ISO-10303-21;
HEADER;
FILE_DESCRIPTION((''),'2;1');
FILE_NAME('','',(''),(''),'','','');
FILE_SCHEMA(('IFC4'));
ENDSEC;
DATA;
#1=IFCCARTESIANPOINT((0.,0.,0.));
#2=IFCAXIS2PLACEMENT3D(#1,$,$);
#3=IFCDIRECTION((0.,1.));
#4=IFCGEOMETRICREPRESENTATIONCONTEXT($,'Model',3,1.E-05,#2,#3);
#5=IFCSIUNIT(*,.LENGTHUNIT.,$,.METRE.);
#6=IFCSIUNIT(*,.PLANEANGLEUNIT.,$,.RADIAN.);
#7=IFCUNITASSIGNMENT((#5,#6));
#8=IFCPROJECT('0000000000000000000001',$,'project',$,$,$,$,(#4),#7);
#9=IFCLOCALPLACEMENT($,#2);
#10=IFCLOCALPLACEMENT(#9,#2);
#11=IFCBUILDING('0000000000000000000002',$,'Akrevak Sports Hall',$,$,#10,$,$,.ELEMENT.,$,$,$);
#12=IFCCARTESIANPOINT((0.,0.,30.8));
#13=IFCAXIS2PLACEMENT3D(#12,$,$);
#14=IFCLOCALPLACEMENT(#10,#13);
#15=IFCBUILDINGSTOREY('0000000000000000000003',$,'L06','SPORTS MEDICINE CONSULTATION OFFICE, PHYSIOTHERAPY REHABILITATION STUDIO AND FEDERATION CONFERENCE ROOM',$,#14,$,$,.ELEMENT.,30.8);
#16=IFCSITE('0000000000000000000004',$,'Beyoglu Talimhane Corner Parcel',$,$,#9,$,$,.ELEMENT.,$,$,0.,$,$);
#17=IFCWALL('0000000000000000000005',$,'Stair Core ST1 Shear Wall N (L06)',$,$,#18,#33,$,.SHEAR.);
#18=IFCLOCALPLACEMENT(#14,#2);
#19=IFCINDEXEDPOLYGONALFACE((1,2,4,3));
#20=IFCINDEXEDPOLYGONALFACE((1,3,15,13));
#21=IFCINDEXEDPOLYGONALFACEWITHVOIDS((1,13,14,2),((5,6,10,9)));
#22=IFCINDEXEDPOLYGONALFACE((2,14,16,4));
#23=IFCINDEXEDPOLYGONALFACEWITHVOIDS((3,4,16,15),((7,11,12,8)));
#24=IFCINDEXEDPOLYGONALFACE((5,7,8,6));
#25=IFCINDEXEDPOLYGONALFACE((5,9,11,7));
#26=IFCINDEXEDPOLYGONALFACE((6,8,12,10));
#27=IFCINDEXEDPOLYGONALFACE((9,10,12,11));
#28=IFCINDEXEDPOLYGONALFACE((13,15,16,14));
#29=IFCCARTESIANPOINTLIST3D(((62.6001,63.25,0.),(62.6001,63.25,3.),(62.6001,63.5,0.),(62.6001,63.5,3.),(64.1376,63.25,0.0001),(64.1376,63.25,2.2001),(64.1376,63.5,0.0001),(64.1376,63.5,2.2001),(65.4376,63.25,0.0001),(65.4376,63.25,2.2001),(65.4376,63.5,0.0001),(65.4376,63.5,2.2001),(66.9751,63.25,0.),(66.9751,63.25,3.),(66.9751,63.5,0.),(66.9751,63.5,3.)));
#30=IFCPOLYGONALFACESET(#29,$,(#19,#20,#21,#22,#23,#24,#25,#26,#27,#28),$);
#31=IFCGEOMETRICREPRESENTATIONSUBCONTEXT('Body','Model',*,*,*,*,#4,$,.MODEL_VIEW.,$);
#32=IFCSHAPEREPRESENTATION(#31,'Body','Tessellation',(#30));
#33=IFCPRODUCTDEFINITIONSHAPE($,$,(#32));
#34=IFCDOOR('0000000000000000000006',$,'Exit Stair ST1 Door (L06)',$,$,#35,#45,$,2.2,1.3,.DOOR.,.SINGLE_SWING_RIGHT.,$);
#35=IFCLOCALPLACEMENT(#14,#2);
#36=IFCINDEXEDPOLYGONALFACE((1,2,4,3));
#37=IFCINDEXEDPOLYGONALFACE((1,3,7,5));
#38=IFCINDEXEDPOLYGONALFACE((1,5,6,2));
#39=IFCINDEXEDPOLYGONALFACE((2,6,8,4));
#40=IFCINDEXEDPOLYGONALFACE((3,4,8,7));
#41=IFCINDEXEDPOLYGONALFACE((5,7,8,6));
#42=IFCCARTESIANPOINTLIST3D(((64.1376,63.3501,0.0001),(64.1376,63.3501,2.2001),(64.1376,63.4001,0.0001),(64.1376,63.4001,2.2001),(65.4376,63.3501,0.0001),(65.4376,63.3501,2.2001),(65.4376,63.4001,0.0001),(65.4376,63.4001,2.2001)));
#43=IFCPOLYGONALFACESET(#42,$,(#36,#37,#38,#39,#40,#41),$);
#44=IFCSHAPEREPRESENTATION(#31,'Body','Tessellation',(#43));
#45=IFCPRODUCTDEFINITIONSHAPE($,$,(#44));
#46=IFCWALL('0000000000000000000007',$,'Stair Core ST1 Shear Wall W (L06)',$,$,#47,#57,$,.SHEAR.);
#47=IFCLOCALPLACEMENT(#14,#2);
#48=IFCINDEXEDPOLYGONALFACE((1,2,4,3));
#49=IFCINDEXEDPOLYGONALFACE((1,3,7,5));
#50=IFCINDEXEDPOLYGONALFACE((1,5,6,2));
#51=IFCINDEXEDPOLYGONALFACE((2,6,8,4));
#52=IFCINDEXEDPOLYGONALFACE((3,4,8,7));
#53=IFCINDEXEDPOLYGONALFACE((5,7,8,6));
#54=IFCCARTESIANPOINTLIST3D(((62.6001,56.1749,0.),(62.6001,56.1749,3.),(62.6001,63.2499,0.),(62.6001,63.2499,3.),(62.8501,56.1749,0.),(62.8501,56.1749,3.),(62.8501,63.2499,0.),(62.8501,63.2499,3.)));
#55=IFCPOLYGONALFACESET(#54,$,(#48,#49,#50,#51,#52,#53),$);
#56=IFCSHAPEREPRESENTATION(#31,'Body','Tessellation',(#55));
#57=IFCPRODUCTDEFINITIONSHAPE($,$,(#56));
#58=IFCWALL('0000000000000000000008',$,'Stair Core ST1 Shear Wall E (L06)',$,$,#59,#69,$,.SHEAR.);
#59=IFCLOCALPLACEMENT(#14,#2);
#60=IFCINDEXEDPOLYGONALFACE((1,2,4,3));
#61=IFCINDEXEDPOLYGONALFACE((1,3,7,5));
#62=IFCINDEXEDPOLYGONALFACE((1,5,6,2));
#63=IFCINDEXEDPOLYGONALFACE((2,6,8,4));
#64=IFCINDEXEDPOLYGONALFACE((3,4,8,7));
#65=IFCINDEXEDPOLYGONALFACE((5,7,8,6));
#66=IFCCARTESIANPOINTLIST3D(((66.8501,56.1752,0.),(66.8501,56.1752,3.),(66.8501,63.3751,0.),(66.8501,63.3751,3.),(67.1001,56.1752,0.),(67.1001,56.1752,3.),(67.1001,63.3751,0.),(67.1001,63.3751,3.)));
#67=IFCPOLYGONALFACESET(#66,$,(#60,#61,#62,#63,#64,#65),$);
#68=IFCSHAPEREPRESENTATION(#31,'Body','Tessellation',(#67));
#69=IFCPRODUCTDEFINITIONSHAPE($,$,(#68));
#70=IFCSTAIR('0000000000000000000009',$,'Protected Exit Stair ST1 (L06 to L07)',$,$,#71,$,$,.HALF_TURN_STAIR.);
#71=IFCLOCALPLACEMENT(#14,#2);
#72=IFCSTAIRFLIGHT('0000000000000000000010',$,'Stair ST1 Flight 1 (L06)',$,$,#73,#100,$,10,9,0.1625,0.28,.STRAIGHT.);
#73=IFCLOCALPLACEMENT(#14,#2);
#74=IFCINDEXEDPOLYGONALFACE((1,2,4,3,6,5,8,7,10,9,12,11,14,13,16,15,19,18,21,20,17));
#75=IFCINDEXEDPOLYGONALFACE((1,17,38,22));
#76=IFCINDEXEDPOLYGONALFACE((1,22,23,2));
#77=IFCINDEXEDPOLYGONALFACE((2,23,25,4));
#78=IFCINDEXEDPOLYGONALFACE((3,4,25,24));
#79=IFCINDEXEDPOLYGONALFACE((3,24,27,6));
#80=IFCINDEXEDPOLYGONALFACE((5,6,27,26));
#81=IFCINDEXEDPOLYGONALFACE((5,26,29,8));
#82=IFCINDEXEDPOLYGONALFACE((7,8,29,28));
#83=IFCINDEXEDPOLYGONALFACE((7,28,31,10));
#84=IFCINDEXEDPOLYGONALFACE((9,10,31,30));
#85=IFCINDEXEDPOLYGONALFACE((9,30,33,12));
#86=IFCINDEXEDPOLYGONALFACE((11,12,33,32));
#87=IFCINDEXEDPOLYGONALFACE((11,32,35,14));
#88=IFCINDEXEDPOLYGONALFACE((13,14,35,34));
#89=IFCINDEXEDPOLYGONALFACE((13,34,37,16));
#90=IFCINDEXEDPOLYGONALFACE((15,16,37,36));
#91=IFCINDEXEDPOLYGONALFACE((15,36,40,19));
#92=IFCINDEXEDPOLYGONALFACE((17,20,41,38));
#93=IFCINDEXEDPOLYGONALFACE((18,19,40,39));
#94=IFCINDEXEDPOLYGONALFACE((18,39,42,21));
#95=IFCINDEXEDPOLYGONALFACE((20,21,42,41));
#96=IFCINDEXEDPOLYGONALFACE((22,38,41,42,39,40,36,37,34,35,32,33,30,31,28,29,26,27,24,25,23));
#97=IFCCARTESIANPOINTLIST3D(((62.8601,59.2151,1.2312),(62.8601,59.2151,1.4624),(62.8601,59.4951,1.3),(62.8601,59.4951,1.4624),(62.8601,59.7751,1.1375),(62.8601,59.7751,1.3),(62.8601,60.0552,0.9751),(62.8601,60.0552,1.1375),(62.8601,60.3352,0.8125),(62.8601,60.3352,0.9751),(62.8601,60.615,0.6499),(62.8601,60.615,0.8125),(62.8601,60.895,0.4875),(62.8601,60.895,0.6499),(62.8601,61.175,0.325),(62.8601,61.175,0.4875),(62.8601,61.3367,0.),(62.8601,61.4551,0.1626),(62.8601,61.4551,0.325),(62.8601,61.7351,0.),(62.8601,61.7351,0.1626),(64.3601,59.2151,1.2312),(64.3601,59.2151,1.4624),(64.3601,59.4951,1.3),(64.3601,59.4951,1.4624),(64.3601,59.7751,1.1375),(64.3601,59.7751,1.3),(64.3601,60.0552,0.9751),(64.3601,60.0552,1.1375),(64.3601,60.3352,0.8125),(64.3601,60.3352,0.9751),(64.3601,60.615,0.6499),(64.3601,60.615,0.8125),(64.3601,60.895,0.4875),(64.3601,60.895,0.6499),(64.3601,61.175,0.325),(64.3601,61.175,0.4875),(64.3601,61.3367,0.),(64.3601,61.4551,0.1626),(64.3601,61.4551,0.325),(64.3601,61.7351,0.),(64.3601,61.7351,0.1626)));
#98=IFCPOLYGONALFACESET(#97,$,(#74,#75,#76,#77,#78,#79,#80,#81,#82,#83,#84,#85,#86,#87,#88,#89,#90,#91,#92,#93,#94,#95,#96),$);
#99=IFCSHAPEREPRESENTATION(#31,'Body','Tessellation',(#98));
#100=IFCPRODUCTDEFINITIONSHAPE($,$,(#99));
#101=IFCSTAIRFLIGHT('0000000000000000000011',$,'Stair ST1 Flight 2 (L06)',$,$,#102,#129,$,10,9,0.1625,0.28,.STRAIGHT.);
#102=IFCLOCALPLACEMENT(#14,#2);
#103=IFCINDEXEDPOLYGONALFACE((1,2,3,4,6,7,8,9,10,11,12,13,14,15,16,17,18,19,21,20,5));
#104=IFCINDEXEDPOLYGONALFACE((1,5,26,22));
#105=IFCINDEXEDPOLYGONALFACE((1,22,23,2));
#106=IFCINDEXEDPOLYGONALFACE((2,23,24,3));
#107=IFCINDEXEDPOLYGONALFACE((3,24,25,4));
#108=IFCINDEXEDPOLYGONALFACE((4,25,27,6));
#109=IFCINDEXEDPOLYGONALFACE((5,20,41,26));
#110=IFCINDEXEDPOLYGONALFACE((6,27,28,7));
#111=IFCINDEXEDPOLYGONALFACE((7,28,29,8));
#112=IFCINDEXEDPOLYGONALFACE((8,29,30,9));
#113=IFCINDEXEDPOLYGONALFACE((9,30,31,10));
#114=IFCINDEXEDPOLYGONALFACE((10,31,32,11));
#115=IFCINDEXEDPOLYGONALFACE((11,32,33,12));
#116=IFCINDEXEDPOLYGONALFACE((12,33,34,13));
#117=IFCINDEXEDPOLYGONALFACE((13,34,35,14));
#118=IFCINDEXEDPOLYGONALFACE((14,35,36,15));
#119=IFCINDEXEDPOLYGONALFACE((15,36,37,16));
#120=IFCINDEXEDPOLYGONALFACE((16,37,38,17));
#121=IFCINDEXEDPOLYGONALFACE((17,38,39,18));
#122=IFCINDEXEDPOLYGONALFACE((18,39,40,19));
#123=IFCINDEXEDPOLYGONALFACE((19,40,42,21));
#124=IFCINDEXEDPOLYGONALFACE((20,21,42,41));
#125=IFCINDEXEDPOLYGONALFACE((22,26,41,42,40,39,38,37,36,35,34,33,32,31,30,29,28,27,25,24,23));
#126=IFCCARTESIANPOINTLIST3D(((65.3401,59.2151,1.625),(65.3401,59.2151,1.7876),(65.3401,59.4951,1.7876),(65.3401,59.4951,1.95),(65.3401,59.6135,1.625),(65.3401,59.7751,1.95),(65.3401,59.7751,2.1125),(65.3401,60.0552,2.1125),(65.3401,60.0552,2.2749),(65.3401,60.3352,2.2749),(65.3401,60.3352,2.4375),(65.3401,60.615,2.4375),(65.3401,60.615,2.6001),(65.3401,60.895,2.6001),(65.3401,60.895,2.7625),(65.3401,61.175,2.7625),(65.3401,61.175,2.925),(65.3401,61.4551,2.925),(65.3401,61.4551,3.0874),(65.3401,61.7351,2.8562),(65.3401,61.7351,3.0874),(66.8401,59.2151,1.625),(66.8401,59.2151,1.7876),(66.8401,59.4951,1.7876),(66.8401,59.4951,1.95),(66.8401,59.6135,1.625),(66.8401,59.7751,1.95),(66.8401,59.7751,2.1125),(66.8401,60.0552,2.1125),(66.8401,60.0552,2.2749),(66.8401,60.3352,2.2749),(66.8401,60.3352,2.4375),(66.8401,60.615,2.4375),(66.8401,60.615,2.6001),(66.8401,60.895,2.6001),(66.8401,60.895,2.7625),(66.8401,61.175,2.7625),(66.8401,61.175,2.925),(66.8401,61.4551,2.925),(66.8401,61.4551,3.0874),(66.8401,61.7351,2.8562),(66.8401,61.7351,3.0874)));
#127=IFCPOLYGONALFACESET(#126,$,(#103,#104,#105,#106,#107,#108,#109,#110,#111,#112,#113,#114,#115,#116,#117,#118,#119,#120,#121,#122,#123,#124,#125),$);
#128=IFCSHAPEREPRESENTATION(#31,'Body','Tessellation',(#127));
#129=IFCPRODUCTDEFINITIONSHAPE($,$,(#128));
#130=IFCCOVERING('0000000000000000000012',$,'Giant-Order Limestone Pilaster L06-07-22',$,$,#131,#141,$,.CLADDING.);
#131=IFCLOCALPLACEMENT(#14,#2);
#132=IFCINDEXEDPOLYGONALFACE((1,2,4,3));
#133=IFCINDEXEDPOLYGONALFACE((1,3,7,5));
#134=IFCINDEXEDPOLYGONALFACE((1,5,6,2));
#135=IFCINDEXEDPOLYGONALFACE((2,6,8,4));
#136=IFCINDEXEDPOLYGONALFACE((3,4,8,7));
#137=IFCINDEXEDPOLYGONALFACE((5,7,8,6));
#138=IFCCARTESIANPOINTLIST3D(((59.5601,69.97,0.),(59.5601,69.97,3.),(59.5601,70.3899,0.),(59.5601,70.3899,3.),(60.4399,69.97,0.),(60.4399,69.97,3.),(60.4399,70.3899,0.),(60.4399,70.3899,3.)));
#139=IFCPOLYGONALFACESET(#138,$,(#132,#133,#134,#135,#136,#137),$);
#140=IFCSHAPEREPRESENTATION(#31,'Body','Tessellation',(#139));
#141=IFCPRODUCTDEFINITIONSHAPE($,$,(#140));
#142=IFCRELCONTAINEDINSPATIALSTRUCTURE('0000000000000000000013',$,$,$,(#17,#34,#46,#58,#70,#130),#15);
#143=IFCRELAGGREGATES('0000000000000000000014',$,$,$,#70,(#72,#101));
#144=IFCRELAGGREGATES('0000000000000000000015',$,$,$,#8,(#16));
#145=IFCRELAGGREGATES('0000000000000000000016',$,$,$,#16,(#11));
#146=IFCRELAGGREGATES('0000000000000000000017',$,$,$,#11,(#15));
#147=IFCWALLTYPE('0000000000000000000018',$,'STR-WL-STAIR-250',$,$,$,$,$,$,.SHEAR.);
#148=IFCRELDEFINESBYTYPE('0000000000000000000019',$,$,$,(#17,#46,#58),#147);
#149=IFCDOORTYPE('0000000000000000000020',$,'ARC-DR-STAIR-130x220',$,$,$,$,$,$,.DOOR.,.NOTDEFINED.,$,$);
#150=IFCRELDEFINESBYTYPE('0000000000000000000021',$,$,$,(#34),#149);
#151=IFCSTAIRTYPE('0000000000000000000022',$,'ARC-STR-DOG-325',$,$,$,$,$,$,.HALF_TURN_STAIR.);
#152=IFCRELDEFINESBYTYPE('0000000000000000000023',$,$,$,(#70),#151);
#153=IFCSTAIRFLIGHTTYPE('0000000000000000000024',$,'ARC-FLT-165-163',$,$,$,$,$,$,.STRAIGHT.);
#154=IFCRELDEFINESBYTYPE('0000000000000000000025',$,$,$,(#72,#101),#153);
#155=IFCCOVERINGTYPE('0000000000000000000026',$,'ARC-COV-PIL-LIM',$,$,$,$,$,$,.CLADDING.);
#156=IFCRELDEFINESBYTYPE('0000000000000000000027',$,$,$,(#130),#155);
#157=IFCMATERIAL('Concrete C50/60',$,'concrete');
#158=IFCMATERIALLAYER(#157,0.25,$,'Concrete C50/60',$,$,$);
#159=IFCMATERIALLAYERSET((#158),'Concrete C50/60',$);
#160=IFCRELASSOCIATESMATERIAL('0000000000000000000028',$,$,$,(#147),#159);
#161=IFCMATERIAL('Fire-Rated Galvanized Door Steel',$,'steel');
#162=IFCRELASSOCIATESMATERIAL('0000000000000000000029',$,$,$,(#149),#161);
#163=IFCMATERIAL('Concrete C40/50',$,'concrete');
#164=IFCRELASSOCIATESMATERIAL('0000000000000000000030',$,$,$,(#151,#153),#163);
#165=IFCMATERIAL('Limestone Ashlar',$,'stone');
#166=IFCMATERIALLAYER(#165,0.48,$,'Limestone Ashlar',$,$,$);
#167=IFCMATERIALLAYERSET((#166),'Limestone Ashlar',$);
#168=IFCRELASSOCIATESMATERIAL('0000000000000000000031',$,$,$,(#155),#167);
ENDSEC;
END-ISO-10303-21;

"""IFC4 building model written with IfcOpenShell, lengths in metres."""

from ifc_helpers import new_model, si_unit, direction, frame, frame_2d, origin, origin_2d, place, context, subcontext, project, spatial, polyline, rectangle, outline, extrude, material, layer, layer_set, type_object, element, fill, aggregate, save


model = new_model("IFC4")

# Units and contexts
model_context = context("Model", 3, precision=1e-05, world=origin(), true_north=direction((0.0, 1.0)))
body_context = subcontext(model_context, "Body", "Model", "MODEL_VIEW")
ifc_project = project(units=[si_unit("LENGTHUNIT", "METRE"), si_unit("PLANEANGLEUNIT", "RADIAN")], contexts=[model_context])

# Site, building, storey
site_placement = place(None, origin())
site = spatial("IfcSite", under=ifc_project, at=site_placement, Name="Beyoglu Talimhane Corner Parcel", CompositionType="ELEMENT", RefElevation=0.0)
building_placement = place(site_placement, origin())
building = spatial("IfcBuilding", under=site, at=building_placement, Name="Akrevak Sports Hall", CompositionType="ELEMENT")
storey_placement = place(building_placement, frame((0.0, 0.0, 30.8)))
storey = spatial("IfcBuildingStorey", under=building, at=storey_placement, Name="L06", Description="SPORTS MEDICINE CONSULTATION OFFICE, PHYSIOTHERAPY REHABILITATION STUDIO AND FEDERATION CONFERENCE ROOM", CompositionType="ELEMENT", Elevation=30.8)

# Shared definitions
ifc_material_1 = material(Name="Concrete C40/50", Category="concrete")

# Shared definitions
ifc_material_2 = material(Name="Fire-Rated Galvanized Door Steel", Category="steel")

# Shared definitions
ifc_material_3 = material(Name="Concrete C50/60", Category="concrete")

# Shared definitions
ifc_layer_1 = layer(ifc_material_3, 0.25, Name="Concrete C50/60")
ifc_layer_set_1 = layer_set([ifc_layer_1], Name="Concrete C50/60")
wall_type_1 = type_object("IfcWallType", Name="STR-WL-STAIR-250", PredefinedType="SHEAR", material=ifc_layer_set_1)

# Wall, opening, door
wall_1_placement = place(storey_placement, frame((66.9751, 63.375, 0.0), z_axis=(0.0, 0.0, 1.0), x_axis=(-1.0, 0.0, 0.0)))
wall_1 = element("IfcWall", 1, at=wall_1_placement, inside=storey, type_object=wall_type_1, Name="Stair Core ST1 Shear Wall N (L06)", PredefinedType="SHEAR", context=body_context, shape_type="SweptSolid", body=[
    extrude(rectangle(XDim=4.375, YDim=0.25, at=frame_2d((2.1875, 0.0))), origin(), (0.0, 0.0, 1.0), 3.0),
])
opening_1_placement = place(wall_1_placement, frame((1.5376, 0.0, 0.0)))
opening_1 = element("IfcOpeningElement", 2, at=opening_1_placement, cuts=wall_1, PredefinedType="OPENING", context=body_context, shape_type="SweptSolid", body=[
    extrude(rectangle(XDim=1.3, YDim=2.2, at=frame_2d((0.6499, 1.1001))), frame((0.0, 0.137, 0.0), z_axis=(0.0, -1.0, 0.0), x_axis=(1.0, 0.0, 0.0)), (0.0, 0.0, 1.0), 0.2739),
])
door_type_1 = type_object("IfcDoorType", Name="ARC-DR-STAIR-130x220", OperationType="NOTDEFINED", PredefinedType="DOOR", material=ifc_material_2)
door_1_placement = place(opening_1_placement, origin())
door_1 = element("IfcDoor", 3, at=door_1_placement, inside=storey, type_object=door_type_1, Name="Exit Stair ST1 Door (L06)", OperationType="SINGLE_SWING_RIGHT", OverallHeight=2.2, OverallWidth=1.3, PredefinedType="DOOR", context=body_context, shape_type="SweptSolid", body=[
    extrude(rectangle(XDim=1.3, YDim=2.2, at=frame_2d((0.6499, 1.1001))), frame((0.0, 0.0249, 0.0), z_axis=(0.0, -1.0, 0.0), x_axis=(1.0, 0.0, 0.0)), (0.0, 0.0, 1.0), 0.05),
])
fill(opening_1, door_1)

# Walls
wall_2_placement = place(storey_placement, frame((62.7251, 63.25, 0.0), z_axis=(0.0, 0.0, 1.0), x_axis=(0.0, -1.0, 0.0)))
element("IfcWall", 4, at=wall_2_placement, inside=storey, type_object=wall_type_1, Name="Stair Core ST1 Shear Wall W (L06)", PredefinedType="SHEAR", context=body_context, shape_type="SweptSolid", body=[
    extrude(rectangle(XDim=7.075, YDim=0.25, at=frame_2d((3.5376, 0.0))), origin(), (0.0, 0.0, 1.0), 3.0),
])
wall_3_placement = place(storey_placement, frame((66.9751, 56.175, 0.0), z_axis=(0.0, 0.0, 1.0), x_axis=(0.0, 1.0, 0.0)))
element("IfcWall", 5, at=wall_3_placement, inside=storey, type_object=wall_type_1, Name="Stair Core ST1 Shear Wall E (L06)", PredefinedType="SHEAR", context=body_context, shape_type="SweptSolid", body=[
    extrude(rectangle(XDim=7.2, YDim=0.25, at=frame_2d((3.6001, 0.0))), origin(), (0.0, 0.0, 1.0), 3.0),
])

# Stair, stair flights
stair_type = type_object("IfcStairType", Name="ARC-STR-DOG-325", PredefinedType="HALF_TURN_STAIR", material=ifc_material_1)
stair_placement = place(storey_placement, origin())
stair = element("IfcStair", 6, at=stair_placement, inside=storey, type_object=stair_type, Name="Protected Exit Stair ST1 (L06 to L07)", PredefinedType="HALF_TURN_STAIR")
stair_flight_type = type_object("IfcStairFlightType", Name="ARC-FLT-165-163", PredefinedType="STRAIGHT", material=ifc_material_1)
stair_flight_1_placement = place(storey_placement, frame((63.6101, 61.7351, 0.0), z_axis=(0.0, 0.0, 1.0), x_axis=(0.0, -1.0, 0.0)))
stair_flight_1 = element("IfcStairFlight", 7, at=stair_flight_1_placement, type_object=stair_flight_type, Name="Stair ST1 Flight 1 (L06)", NumberOfRisers=10, NumberOfTreads=9, PredefinedType="STRAIGHT", RiserHeight=0.1625, TreadLength=0.28, context=body_context, shape_type="SweptSolid", body=[
    extrude(outline(polyline([(0.0, 0.0), (0.0, 0.1626), (0.28, 0.1626), (0.28, 0.325), (0.5601, 0.325), (0.5601, 0.4875), (0.8401, 0.4875), (0.8401, 0.6499), (1.1201, 0.6499), (1.1201, 0.8125), (1.3999, 0.8125), (1.3999, 0.9751), (1.6799, 0.9751), (1.6799, 1.1375), (1.96, 1.1375), (1.96, 1.3), (2.24, 1.3), (2.24, 1.4624), (2.52, 1.4624), (2.52, 1.625), (2.52, 1.2312), (0.3984, 0.0), (0.0, 0.0)])), frame((0.0, 0.75, 0.0), z_axis=(0.0, -1.0, 0.0), x_axis=(1.0, 0.0, 0.0)), (0.0, 0.0, 1.0), 1.5),
])
stair_flight_2_placement = place(storey_placement, frame((66.0901, 59.2151, 1.625), z_axis=(0.0, 0.0, 1.0), x_axis=(0.0, 1.0, 0.0)))
stair_flight_2 = element("IfcStairFlight", 8, at=stair_flight_2_placement, type_object=stair_flight_type, Name="Stair ST1 Flight 2 (L06)", NumberOfRisers=10, NumberOfTreads=9, PredefinedType="STRAIGHT", RiserHeight=0.1625, TreadLength=0.28, context=body_context, shape_type="SweptSolid", body=[
    extrude(outline(polyline([(0.0, 0.0), (0.0, 0.1626), (0.28, 0.1626), (0.28, 0.325), (0.5601, 0.325), (0.5601, 0.4875), (0.8401, 0.4875), (0.8401, 0.6499), (1.1201, 0.6499), (1.1201, 0.8125), (1.3999, 0.8125), (1.3999, 0.9751), (1.6799, 0.9751), (1.6799, 1.1375), (1.96, 1.1375), (1.96, 1.3), (2.24, 1.3), (2.24, 1.4624), (2.52, 1.4624), (2.52, 1.625), (2.52, 1.2312), (0.3984, 0.0), (0.0, 0.0)])), frame((0.0, 0.75, 0.0), z_axis=(0.0, -1.0, 0.0), x_axis=(1.0, 0.0, 0.0)), (0.0, 0.0, 1.0), 1.5),
])
aggregate(stair, [stair_flight_1, stair_flight_2])

# Covering
ifc_material_4 = material(Name="Limestone Ashlar", Category="stone")
ifc_layer_2 = layer(ifc_material_4, 0.48, Name="Limestone Ashlar")
ifc_layer_set_2 = layer_set([ifc_layer_2], Name="Limestone Ashlar")
covering_type = type_object("IfcCoveringType", Name="ARC-COV-PIL-LIM", PredefinedType="CLADDING", material=ifc_layer_set_2)
covering_placement = place(storey_placement, frame((60.0, 70.1799, 0.0), z_axis=(0.0, 0.0, 1.0), x_axis=(-1.0, 0.0, 0.0)))
element("IfcCovering", 9, at=covering_placement, inside=storey, type_object=covering_type, Name="Giant-Order Limestone Pilaster L06-07-22", PredefinedType="CLADDING", context=body_context, shape_type="SweptSolid", body=[
    extrude(rectangle(XDim=0.8799, YDim=0.4199, at=origin_2d()), origin(), (0.0, 0.0, 1.0), 3.0),
])

save(model, "model.ifc")
